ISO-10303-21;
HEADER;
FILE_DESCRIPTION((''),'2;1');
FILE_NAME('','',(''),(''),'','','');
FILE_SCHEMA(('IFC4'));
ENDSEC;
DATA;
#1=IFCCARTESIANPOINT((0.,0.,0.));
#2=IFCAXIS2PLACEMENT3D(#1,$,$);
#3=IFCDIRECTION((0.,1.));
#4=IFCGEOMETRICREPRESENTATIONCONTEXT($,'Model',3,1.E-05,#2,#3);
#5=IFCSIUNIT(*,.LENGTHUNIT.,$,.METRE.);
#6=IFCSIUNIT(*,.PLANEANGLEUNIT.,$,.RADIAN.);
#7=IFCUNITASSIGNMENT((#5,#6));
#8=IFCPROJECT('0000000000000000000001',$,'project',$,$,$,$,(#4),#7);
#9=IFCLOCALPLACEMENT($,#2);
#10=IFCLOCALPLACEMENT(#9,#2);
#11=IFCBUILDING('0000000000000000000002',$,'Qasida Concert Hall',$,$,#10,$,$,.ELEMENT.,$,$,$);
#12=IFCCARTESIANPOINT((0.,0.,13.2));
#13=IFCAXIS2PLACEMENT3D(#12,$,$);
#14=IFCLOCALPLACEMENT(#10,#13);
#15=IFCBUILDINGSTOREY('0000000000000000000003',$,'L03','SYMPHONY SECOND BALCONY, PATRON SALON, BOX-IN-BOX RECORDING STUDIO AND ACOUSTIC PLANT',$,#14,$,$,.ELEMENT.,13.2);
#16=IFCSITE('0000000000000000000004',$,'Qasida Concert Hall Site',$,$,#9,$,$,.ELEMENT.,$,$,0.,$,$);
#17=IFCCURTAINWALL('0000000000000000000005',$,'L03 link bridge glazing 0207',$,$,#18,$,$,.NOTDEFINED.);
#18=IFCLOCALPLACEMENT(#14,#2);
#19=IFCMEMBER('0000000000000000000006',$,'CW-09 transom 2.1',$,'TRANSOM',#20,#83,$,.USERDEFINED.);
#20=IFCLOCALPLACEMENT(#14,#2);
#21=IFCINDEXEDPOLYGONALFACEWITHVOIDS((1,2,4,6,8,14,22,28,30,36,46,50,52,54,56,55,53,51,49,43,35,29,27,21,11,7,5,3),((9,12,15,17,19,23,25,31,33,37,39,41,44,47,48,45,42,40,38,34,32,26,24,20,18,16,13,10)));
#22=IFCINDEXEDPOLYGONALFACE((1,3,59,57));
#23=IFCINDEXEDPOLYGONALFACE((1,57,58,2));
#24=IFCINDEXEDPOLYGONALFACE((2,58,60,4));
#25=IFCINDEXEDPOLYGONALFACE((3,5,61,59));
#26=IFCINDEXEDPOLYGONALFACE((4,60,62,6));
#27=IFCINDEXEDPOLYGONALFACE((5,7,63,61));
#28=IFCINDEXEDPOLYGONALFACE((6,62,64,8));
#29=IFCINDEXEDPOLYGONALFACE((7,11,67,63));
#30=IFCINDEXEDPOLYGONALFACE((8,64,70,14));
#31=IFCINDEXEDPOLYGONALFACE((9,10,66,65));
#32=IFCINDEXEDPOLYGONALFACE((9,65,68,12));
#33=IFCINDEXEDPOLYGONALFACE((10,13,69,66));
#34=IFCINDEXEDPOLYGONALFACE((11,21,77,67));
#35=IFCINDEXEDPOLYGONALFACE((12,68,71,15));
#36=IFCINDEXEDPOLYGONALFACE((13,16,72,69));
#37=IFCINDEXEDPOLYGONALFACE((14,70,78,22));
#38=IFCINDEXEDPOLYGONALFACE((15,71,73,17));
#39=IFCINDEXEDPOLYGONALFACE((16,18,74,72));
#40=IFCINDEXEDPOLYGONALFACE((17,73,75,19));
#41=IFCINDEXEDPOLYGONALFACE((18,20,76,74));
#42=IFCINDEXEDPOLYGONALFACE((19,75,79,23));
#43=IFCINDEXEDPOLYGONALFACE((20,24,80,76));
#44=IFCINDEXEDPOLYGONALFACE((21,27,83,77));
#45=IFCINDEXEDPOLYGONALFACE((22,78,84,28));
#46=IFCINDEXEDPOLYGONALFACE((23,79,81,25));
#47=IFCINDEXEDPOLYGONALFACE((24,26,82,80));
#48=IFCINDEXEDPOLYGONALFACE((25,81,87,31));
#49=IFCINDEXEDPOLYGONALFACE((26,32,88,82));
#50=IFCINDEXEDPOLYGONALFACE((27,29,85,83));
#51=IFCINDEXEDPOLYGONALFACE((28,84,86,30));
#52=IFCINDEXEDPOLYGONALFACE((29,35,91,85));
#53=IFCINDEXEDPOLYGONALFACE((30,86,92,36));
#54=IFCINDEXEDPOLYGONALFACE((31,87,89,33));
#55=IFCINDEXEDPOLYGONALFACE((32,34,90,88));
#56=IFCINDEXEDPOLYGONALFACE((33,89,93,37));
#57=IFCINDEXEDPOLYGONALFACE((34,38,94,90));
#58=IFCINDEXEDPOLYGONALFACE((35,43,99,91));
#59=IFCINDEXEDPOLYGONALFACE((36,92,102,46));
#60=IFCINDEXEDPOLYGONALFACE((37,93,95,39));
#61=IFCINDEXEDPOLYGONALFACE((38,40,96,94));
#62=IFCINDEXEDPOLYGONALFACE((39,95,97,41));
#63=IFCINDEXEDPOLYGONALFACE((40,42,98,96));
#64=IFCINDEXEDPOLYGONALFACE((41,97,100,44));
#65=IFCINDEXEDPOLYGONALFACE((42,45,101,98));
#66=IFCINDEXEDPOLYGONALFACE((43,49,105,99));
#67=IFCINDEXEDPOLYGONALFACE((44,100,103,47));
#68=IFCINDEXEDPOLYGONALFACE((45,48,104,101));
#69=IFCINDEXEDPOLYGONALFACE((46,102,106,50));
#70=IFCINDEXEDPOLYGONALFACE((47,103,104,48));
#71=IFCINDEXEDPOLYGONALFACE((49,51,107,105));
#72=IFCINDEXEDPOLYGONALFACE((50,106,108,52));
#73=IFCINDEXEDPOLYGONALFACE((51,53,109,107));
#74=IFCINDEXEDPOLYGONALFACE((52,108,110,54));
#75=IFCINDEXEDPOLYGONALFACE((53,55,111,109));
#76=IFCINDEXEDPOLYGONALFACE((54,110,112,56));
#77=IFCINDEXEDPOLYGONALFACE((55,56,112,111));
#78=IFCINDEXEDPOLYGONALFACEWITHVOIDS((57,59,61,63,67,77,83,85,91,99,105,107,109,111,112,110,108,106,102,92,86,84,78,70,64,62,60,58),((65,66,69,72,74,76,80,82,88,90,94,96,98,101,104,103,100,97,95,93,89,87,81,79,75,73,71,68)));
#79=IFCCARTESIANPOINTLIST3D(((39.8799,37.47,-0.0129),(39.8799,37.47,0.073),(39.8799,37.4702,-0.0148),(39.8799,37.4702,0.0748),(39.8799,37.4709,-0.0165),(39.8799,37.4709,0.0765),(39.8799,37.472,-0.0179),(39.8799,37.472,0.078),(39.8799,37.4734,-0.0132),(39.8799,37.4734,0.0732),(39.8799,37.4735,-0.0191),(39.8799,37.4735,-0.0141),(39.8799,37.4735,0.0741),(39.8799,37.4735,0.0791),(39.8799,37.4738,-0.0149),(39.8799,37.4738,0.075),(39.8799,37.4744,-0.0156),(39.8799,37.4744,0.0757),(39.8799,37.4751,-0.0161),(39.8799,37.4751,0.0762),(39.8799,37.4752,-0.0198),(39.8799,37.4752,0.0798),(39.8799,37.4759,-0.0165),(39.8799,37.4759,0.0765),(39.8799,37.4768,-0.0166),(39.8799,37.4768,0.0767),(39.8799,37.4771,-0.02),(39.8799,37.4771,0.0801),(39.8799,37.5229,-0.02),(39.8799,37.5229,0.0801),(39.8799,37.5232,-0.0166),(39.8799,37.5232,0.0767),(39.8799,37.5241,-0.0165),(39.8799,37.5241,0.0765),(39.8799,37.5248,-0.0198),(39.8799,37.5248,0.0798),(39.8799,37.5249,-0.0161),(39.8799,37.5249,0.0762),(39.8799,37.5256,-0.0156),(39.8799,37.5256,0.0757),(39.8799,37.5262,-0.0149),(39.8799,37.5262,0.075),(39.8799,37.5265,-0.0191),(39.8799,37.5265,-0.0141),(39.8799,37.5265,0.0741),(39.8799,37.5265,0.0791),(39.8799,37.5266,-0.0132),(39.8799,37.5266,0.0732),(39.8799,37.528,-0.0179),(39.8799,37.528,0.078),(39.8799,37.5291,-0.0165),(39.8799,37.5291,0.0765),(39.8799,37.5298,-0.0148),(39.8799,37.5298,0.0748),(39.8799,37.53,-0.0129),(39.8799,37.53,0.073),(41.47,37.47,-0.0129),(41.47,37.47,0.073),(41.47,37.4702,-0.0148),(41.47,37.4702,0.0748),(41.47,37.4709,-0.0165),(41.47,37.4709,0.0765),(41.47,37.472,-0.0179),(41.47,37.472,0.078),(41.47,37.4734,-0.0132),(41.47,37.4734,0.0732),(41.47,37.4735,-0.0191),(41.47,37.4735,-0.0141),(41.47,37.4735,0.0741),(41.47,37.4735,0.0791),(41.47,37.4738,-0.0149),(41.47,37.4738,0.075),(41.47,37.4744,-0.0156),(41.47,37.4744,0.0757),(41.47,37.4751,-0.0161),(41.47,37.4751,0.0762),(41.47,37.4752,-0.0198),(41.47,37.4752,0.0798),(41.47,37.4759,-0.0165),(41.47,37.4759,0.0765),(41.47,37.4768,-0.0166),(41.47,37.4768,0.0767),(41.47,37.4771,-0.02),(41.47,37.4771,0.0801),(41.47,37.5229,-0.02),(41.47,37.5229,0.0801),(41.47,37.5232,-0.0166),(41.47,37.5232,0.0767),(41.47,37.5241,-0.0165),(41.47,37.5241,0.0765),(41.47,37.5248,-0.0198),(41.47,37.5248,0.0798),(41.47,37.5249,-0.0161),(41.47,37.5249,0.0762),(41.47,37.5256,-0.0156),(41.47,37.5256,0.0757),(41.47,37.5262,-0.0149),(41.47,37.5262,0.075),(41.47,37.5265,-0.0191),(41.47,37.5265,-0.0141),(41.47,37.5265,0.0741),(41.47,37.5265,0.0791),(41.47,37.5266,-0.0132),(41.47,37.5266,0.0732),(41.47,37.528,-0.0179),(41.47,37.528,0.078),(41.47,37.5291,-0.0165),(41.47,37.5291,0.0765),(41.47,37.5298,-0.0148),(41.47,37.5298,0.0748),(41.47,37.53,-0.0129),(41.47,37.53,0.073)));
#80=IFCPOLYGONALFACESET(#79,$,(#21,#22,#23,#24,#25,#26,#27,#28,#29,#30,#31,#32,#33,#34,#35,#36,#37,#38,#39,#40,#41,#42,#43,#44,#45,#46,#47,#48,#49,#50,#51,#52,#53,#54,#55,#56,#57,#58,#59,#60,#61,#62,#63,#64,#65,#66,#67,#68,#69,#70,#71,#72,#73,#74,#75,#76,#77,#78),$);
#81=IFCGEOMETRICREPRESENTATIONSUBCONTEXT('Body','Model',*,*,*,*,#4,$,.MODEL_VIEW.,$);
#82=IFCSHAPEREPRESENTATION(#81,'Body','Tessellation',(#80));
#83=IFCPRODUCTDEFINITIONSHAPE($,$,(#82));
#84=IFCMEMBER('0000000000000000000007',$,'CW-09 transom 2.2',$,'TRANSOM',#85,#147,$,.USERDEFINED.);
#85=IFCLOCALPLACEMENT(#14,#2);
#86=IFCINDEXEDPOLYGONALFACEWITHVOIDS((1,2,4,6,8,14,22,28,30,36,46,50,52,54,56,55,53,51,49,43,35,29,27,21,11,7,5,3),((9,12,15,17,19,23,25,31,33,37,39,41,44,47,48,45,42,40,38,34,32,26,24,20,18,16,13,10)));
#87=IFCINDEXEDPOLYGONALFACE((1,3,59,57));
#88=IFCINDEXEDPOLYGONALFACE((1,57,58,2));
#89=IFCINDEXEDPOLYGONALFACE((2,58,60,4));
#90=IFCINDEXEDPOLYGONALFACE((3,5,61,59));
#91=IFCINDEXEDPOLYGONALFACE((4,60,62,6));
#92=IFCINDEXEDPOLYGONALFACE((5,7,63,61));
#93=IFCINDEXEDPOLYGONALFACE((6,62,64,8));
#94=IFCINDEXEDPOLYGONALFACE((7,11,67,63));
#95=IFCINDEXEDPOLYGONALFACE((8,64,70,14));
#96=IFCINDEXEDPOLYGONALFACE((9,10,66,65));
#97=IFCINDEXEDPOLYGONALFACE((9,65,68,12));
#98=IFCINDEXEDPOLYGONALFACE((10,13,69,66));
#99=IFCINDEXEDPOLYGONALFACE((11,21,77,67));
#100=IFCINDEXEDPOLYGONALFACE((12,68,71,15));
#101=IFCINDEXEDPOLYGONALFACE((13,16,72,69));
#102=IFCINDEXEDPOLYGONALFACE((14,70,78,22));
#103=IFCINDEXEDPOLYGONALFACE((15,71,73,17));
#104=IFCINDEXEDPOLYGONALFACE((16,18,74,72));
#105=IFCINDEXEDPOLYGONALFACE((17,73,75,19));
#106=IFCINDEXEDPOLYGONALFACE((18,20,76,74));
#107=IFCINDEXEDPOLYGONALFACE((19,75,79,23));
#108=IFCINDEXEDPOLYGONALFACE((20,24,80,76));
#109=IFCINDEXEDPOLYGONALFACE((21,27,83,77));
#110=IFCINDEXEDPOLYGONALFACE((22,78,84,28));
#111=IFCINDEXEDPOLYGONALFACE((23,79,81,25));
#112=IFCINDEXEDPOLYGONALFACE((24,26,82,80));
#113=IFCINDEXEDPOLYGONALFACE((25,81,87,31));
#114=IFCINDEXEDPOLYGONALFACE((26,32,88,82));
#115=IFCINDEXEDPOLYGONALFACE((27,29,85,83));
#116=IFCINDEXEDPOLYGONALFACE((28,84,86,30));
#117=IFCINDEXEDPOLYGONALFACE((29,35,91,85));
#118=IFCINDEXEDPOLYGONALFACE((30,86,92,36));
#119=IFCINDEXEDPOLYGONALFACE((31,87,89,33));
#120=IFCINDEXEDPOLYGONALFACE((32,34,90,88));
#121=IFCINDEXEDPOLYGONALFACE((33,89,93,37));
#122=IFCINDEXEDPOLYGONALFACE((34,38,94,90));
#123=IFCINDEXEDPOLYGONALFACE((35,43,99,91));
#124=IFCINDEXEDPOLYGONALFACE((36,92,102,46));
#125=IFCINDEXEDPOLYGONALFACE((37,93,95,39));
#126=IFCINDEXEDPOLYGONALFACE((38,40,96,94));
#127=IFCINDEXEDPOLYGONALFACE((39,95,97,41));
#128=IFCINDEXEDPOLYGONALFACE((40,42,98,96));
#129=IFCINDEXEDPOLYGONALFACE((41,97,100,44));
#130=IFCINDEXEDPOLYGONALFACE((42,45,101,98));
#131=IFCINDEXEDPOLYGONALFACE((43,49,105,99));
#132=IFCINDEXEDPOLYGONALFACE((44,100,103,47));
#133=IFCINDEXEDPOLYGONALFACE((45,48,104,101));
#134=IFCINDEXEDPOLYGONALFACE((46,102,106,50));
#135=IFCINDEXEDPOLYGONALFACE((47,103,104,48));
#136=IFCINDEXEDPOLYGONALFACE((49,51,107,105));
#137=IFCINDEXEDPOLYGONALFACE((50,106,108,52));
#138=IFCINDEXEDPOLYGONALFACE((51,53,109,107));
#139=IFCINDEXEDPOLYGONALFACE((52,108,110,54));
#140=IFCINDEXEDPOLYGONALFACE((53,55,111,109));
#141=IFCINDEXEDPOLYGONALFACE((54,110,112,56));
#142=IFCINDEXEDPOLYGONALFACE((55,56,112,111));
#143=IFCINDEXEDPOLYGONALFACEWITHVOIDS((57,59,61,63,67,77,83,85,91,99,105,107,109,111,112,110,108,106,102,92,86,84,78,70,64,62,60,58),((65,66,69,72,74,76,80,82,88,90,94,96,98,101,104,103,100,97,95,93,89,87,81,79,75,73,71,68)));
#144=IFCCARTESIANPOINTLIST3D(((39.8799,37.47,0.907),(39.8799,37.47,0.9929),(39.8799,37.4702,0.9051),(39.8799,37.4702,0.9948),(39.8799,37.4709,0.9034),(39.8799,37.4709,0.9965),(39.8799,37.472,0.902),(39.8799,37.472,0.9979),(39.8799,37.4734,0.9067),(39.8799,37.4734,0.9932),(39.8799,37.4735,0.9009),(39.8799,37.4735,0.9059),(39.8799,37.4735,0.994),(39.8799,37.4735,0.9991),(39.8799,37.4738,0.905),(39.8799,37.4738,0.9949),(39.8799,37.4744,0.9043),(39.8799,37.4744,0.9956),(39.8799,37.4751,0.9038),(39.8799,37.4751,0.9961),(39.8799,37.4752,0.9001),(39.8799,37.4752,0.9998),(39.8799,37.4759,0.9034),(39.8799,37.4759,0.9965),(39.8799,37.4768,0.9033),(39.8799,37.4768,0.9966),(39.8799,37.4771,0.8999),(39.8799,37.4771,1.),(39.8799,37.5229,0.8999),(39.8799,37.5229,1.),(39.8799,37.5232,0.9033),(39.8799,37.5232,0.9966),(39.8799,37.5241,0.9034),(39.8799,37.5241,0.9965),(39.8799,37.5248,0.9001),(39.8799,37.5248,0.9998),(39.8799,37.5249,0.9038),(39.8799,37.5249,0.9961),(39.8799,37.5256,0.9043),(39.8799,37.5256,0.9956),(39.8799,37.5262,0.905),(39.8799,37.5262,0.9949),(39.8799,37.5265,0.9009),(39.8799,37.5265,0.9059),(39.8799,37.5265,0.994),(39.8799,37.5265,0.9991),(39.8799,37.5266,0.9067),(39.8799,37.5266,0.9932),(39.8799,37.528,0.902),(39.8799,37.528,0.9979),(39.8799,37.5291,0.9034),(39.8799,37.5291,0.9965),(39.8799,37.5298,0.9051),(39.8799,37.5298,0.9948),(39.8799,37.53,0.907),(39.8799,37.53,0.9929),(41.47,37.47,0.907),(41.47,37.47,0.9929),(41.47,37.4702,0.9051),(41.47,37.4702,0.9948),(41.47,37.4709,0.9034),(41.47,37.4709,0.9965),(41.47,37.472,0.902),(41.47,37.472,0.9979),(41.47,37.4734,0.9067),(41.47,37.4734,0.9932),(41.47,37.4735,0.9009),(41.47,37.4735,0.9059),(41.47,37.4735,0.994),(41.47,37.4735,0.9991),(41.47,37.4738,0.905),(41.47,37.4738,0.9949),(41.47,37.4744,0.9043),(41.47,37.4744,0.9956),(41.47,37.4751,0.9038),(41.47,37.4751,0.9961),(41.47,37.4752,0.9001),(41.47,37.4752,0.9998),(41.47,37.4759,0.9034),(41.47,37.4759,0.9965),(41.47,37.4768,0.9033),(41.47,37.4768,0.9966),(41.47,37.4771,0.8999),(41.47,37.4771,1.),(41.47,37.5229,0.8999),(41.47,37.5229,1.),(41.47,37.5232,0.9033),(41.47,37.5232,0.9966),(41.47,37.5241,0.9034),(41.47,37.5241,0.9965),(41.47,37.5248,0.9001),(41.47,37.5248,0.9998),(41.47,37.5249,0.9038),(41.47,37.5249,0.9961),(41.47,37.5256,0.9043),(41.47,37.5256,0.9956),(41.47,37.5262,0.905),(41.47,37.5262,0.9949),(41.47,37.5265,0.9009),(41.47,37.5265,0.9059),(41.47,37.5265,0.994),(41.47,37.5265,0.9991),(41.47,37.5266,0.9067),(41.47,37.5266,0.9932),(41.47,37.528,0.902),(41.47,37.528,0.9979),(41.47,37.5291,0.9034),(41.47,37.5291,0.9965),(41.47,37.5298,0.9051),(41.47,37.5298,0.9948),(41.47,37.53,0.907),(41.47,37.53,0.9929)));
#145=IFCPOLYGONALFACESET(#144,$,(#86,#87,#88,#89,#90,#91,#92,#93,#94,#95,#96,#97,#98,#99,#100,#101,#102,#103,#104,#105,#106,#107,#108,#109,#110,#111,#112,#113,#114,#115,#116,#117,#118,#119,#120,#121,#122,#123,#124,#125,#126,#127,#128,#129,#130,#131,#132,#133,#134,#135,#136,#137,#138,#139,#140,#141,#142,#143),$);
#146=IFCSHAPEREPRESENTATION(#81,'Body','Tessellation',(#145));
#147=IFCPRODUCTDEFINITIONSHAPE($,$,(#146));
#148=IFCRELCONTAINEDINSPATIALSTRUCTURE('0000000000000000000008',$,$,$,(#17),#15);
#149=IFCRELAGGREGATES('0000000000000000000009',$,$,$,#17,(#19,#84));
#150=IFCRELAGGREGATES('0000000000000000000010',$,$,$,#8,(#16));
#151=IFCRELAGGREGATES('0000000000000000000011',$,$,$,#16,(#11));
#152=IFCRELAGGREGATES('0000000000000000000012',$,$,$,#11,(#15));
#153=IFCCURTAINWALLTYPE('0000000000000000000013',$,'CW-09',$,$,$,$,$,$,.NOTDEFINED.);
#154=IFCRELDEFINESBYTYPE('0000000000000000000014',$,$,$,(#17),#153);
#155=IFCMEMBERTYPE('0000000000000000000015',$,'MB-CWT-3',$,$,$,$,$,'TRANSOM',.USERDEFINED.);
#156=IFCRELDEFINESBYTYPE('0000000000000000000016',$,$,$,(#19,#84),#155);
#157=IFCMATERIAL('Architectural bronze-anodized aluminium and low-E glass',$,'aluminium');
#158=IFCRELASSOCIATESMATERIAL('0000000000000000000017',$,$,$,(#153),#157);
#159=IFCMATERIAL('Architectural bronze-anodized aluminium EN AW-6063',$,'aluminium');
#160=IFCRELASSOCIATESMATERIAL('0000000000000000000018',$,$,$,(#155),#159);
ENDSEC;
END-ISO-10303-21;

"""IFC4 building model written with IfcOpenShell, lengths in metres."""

from ifc_helpers import new_model, si_unit, direction, frame, origin, origin_2d, place, context, subcontext, project, spatial, hollow_rectangle, extrude, material, material_profile, profile_set, type_object, element, aggregate, save


model = new_model("IFC4")

# Units and contexts
model_context = context("Model", 3, precision=1e-05, world=origin(), true_north=direction((0.0, 1.0)))
body_context = subcontext(model_context, "Body", "Model", "MODEL_VIEW")
ifc_project = project(units=[si_unit("LENGTHUNIT", "METRE"), si_unit("PLANEANGLEUNIT", "RADIAN")], contexts=[model_context])

# Site, building, storey
site_placement = place(None, origin())
site = spatial("IfcSite", under=ifc_project, at=site_placement, Name="Qasida Concert Hall Site", CompositionType="ELEMENT", RefElevation=0.0)
building_placement = place(site_placement, origin())
building = spatial("IfcBuilding", under=site, at=building_placement, Name="Qasida Concert Hall", CompositionType="ELEMENT")
storey_placement = place(building_placement, frame((0.0, 0.0, 13.2)))
storey = spatial("IfcBuildingStorey", under=building, at=storey_placement, Name="L03", Description="SYMPHONY SECOND BALCONY, PATRON SALON, BOX-IN-BOX RECORDING STUDIO AND ACOUSTIC PLANT", CompositionType="ELEMENT", Elevation=13.2)

# Curtain wall, members
ifc_material_1 = material(Name="Architectural bronze-anodized aluminium and low-E glass", Category="aluminium")
curtain_wall_type = type_object("IfcCurtainWallType", Name="CW-09", PredefinedType="NOTDEFINED", material=ifc_material_1)
curtain_wall_placement = place(storey_placement, origin())
curtain_wall = element("IfcCurtainWall", 1, at=curtain_wall_placement, inside=storey, type_object=curtain_wall_type, Name="L03 link bridge glazing 0207", PredefinedType="NOTDEFINED")
ifc_material_2 = material(Name="Architectural bronze-anodized aluminium EN AW-6063", Category="aluminium")
ifc_material_profile_1 = material_profile(ifc_material_2, hollow_rectangle(XDim=0.0601, YDim=0.1001, WallThickness=0.0034, InnerFilletRadius=0.0034, OuterFilletRadius=0.0071, at=origin_2d()), Name="CWT 100x60x3.5")
ifc_profile_set_1 = profile_set([ifc_material_profile_1], Name="Architectural bronze-anodized aluminium EN AW-6063")
member_type_1 = type_object("IfcMemberType", Name="MB-CWT-3", ElementType="TRANSOM", PredefinedType="USERDEFINED", material=ifc_profile_set_1)
member_1_placement = place(storey_placement, frame((39.8799, 37.5, 0.03), z_axis=(1.0, 0.0, 0.0), x_axis=(0.0, 1.0, 0.0)))
member_1 = element("IfcMember", 2, at=member_1_placement, type_object=member_type_1, Name="CW-09 transom 2.1", ObjectType="TRANSOM", PredefinedType="USERDEFINED", context=body_context, shape_type="SweptSolid", body=[
    extrude(hollow_rectangle(XDim=0.0601, YDim=0.1001, WallThickness=0.0034, InnerFilletRadius=0.0034, OuterFilletRadius=0.0071, at=origin_2d()), origin(), (0.0, 0.0, 1.0), 1.5901),
])
member_2_placement = place(storey_placement, frame((39.8799, 37.5, 0.95), z_axis=(1.0, 0.0, 0.0), x_axis=(0.0, 1.0, 0.0)))
member_2 = element("IfcMember", 3, at=member_2_placement, type_object=member_type_1, Name="CW-09 transom 2.2", ObjectType="TRANSOM", PredefinedType="USERDEFINED", context=body_context, shape_type="SweptSolid", body=[
    extrude(hollow_rectangle(XDim=0.0601, YDim=0.1001, WallThickness=0.0034, InnerFilletRadius=0.0034, OuterFilletRadius=0.0071, at=origin_2d()), origin(), (0.0, 0.0, 1.0), 1.5901),
])
aggregate(curtain_wall, [member_1, member_2])

save(model, "model.ifc")
